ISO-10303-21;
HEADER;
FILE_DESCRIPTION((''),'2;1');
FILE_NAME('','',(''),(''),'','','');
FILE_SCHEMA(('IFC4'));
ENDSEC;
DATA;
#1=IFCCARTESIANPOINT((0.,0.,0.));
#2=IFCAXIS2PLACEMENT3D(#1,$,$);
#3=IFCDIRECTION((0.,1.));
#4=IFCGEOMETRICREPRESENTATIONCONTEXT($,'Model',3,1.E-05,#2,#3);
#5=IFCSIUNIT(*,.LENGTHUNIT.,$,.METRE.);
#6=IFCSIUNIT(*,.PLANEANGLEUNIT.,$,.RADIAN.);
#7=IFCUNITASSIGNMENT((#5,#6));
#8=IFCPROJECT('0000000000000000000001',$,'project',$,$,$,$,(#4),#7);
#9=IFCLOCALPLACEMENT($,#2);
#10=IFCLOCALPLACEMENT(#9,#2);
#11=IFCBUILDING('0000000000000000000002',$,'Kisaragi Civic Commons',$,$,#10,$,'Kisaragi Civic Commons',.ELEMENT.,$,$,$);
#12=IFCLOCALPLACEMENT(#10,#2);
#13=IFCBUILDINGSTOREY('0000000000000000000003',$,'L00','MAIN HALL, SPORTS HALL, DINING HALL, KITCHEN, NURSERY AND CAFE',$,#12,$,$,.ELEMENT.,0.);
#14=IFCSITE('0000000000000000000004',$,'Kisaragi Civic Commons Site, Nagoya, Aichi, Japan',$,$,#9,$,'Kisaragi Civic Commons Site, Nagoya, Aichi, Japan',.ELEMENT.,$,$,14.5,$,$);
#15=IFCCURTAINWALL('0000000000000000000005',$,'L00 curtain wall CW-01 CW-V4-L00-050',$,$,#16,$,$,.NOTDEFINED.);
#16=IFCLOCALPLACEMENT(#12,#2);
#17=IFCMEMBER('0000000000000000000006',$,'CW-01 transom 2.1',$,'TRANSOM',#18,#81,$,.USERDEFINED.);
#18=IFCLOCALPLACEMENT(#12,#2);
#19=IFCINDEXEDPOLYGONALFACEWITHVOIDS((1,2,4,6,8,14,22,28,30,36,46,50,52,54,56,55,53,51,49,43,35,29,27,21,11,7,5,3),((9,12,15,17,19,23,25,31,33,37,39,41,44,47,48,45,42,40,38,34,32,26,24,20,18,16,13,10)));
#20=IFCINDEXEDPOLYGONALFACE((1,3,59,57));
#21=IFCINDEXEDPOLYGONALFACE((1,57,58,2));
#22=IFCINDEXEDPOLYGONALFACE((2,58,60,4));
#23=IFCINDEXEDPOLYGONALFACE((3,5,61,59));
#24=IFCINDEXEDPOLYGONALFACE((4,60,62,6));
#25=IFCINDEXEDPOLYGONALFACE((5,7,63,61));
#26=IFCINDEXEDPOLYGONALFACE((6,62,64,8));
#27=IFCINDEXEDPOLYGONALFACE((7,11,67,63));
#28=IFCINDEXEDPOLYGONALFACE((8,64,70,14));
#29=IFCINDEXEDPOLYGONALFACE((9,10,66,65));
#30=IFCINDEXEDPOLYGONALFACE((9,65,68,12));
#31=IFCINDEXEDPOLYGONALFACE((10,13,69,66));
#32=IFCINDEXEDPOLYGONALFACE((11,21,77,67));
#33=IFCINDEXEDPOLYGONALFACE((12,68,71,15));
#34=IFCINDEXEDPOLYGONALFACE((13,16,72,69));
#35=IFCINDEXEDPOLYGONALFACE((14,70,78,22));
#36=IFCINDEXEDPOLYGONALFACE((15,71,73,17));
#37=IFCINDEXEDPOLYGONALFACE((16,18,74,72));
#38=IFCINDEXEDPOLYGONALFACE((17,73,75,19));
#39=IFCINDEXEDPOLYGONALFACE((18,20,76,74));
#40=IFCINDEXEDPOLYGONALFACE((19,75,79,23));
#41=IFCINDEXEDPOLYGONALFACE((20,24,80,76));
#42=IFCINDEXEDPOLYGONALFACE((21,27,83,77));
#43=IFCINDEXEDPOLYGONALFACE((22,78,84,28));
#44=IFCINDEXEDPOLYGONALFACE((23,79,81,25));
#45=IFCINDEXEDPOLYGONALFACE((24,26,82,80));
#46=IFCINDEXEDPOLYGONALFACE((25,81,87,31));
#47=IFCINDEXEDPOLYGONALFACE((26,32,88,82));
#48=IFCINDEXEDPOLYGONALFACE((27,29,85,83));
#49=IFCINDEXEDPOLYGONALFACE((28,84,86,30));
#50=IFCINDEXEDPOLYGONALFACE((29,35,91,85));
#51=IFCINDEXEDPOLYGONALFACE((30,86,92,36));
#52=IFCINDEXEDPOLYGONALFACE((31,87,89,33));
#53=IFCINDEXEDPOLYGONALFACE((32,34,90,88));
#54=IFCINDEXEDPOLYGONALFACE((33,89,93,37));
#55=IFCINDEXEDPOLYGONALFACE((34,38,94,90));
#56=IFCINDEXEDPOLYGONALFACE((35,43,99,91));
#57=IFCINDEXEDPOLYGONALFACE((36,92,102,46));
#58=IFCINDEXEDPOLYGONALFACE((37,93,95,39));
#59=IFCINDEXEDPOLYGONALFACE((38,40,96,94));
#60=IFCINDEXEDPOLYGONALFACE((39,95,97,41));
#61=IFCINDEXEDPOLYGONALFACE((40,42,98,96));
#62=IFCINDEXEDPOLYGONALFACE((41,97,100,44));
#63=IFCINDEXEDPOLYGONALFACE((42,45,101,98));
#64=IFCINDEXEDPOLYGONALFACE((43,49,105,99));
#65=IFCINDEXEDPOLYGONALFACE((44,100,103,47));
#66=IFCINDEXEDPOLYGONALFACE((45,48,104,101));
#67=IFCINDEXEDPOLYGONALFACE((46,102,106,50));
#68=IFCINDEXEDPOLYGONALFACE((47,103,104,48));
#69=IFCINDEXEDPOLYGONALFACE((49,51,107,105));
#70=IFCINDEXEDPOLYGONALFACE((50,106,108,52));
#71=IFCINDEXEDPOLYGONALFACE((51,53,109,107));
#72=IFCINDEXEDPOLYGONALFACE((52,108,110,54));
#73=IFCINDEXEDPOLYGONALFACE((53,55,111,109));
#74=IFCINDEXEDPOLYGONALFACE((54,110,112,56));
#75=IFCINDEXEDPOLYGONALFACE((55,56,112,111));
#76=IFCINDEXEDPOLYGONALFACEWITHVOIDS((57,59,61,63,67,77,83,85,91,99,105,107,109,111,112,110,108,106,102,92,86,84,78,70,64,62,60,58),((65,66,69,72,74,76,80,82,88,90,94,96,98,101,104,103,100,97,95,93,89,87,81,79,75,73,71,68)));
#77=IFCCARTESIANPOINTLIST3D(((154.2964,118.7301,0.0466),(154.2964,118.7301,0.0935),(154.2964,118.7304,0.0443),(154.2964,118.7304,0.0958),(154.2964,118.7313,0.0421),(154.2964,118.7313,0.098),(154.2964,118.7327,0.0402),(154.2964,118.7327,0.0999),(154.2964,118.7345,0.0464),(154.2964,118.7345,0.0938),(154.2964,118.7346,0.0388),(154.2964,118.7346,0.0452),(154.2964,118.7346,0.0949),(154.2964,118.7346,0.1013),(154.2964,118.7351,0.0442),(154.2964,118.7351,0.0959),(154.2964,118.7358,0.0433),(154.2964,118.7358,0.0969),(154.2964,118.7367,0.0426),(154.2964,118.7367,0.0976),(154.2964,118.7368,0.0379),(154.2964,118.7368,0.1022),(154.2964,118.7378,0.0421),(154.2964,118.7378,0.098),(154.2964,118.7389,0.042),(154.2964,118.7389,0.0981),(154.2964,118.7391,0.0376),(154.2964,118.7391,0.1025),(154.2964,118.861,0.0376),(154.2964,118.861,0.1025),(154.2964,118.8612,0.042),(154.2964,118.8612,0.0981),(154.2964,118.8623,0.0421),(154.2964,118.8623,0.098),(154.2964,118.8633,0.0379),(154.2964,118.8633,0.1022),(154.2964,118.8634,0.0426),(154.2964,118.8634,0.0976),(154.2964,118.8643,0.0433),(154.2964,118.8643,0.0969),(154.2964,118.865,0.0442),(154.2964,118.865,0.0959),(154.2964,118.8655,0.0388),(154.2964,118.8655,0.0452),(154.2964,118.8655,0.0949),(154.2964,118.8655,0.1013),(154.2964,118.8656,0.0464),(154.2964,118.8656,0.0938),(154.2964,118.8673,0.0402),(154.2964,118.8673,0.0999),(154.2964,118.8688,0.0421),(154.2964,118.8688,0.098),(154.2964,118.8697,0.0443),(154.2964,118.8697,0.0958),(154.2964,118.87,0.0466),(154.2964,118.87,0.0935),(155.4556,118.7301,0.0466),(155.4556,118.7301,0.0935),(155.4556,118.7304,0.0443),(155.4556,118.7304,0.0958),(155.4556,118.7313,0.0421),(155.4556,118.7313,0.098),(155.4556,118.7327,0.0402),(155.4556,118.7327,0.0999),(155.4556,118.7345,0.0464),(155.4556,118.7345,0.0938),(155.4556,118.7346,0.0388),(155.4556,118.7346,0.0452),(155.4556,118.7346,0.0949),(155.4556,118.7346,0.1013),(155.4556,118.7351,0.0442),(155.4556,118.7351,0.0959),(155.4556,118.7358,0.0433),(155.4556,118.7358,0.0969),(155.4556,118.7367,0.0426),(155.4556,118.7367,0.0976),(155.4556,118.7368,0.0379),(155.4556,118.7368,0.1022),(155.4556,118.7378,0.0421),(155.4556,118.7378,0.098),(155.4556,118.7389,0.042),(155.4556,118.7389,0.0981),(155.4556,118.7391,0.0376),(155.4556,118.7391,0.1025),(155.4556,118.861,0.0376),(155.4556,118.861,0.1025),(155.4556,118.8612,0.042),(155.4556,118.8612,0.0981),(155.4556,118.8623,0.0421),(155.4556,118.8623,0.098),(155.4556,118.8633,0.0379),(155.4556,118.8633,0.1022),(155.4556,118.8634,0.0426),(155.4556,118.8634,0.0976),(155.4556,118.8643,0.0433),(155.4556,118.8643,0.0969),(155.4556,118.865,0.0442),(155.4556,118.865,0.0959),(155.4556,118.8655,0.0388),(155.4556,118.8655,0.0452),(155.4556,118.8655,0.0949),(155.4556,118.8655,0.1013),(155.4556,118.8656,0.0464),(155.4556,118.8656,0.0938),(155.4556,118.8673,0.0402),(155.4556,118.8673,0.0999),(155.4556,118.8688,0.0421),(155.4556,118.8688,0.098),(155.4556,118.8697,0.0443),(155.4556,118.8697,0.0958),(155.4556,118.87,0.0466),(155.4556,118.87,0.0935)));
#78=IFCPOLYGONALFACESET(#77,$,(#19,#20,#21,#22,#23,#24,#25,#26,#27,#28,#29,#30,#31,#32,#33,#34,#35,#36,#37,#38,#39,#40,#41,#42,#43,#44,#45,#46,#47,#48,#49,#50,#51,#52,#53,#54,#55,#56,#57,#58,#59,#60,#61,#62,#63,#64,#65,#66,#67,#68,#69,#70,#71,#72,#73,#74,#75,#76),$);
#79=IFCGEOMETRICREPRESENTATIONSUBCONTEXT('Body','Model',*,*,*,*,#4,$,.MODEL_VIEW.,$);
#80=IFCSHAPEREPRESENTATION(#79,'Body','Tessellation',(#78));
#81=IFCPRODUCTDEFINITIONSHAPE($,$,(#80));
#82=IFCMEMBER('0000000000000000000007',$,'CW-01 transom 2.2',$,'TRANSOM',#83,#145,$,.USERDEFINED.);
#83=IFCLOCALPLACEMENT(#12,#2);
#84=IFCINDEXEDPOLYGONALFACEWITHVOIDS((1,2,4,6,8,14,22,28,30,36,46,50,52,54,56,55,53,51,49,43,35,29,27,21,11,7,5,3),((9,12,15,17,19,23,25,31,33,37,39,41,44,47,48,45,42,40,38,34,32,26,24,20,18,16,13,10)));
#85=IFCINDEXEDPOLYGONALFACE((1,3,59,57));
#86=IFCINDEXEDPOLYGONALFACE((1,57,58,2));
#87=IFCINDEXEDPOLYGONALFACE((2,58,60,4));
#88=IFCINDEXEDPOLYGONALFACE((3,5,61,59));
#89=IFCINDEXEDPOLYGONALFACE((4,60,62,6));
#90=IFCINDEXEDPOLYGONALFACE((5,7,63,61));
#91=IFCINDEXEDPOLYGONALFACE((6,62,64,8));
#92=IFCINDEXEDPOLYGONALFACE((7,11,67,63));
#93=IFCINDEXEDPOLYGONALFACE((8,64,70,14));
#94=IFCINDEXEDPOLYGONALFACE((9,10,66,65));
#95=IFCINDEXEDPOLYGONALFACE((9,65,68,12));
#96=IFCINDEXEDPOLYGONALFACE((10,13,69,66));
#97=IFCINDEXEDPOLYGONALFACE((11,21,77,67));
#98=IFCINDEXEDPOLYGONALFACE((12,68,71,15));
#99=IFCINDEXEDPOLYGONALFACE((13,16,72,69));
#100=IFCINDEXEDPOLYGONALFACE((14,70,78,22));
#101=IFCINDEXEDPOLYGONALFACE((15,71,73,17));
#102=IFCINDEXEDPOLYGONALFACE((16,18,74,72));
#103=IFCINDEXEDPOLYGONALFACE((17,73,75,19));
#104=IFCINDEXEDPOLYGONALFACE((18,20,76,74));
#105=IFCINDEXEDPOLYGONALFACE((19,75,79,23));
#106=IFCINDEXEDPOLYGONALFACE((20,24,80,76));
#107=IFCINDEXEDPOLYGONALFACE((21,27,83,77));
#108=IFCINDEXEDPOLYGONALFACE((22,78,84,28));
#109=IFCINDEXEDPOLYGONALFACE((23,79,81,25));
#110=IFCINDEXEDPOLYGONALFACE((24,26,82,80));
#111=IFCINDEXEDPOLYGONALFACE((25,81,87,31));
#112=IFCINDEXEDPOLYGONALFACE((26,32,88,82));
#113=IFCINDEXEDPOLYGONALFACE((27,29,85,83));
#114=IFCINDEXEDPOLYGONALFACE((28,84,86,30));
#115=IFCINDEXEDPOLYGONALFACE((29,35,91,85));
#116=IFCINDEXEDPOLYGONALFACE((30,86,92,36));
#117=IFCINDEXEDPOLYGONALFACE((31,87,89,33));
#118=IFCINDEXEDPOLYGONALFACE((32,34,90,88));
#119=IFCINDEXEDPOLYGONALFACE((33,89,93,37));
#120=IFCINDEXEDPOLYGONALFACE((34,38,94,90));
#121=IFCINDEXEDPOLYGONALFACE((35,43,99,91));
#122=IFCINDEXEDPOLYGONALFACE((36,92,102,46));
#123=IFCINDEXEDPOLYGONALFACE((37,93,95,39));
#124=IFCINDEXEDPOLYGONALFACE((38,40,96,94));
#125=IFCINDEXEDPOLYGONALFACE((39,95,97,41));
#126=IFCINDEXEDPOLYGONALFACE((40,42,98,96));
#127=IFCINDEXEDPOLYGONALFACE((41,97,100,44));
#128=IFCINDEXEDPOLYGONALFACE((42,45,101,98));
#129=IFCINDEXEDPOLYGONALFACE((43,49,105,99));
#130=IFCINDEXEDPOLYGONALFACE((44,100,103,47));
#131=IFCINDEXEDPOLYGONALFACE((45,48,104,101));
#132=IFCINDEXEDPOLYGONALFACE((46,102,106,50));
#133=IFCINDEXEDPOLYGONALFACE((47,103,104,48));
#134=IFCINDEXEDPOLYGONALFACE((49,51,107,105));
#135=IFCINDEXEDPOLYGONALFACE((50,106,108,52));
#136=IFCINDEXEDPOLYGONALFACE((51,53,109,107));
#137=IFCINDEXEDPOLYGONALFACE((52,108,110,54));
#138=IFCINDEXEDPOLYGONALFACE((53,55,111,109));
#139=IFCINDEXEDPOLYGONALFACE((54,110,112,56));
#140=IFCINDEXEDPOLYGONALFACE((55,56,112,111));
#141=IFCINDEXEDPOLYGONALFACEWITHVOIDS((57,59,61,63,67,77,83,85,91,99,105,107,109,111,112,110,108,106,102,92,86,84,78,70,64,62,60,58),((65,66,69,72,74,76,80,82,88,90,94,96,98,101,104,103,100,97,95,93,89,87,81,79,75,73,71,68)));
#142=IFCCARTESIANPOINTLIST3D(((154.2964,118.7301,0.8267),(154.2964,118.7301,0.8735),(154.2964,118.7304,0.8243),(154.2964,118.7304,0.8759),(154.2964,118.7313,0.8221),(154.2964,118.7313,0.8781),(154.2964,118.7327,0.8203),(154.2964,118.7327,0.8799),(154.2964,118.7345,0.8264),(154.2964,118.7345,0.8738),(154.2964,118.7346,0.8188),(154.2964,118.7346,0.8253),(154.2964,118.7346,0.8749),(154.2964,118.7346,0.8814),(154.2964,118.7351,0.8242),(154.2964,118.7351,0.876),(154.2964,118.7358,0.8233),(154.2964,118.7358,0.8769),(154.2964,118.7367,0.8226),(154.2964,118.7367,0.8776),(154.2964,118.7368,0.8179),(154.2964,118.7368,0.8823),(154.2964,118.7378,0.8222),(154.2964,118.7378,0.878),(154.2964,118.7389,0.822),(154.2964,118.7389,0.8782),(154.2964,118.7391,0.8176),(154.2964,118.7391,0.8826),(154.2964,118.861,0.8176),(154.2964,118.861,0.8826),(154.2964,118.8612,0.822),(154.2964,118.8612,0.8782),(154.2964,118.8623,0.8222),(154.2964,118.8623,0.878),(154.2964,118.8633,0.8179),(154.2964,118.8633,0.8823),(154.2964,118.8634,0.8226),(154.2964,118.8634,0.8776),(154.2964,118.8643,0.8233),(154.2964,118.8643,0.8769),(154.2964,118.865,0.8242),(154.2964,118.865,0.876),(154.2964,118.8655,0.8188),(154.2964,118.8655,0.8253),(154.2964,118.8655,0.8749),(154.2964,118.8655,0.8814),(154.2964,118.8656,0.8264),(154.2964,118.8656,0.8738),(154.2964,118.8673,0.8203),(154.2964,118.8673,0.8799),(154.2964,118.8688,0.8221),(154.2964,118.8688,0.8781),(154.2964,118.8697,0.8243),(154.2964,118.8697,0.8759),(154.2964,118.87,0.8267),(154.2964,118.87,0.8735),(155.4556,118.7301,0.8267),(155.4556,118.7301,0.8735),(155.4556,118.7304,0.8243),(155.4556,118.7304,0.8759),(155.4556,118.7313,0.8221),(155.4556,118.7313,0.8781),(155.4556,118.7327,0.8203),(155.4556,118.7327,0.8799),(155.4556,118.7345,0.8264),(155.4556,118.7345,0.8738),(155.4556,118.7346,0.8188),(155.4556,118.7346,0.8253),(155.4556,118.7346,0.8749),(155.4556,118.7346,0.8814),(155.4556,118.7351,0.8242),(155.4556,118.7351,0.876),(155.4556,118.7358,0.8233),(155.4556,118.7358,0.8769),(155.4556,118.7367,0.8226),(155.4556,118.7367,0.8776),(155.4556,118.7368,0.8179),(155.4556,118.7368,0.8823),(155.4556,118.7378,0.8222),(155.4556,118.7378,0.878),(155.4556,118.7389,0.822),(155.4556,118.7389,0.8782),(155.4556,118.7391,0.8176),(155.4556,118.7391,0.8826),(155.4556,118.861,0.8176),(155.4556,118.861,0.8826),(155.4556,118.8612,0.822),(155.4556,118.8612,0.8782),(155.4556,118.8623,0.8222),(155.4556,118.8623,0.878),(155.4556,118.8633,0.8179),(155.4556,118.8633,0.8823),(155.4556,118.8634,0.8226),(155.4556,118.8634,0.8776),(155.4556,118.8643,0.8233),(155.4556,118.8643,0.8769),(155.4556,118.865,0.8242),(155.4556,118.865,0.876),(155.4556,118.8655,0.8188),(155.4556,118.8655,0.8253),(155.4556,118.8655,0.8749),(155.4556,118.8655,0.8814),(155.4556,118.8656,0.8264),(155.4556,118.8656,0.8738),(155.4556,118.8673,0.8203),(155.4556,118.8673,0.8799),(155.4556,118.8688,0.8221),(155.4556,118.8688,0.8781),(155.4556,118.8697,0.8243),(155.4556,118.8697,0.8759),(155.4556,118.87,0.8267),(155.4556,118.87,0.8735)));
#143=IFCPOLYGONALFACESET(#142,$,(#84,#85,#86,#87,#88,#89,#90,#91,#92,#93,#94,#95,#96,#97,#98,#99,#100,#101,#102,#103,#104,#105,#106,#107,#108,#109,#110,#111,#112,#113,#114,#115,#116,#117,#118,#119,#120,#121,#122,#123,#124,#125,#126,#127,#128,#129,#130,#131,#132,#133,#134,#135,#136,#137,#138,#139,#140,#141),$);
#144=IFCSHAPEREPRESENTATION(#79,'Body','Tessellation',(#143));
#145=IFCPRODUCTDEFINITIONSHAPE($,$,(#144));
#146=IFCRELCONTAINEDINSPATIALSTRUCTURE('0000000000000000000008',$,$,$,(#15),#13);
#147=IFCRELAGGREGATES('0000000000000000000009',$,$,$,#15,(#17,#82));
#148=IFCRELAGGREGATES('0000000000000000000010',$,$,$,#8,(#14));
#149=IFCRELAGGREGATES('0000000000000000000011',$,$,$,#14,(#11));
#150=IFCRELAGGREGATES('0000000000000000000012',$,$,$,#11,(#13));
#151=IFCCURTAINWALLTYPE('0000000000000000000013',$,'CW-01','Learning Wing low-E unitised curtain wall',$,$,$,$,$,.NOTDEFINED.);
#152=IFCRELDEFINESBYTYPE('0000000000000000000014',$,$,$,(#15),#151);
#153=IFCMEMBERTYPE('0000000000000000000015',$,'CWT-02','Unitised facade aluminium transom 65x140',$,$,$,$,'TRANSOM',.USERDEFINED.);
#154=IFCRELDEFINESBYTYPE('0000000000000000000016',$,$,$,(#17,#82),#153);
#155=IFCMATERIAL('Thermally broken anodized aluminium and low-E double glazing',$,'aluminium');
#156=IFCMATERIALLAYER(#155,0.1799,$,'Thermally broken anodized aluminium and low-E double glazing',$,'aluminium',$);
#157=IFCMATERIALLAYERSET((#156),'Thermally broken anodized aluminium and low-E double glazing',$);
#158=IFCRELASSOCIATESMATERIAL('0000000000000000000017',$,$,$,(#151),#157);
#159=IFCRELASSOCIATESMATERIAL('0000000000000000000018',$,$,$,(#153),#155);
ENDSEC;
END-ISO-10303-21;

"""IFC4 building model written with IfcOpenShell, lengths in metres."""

from ifc_helpers import new_model, si_unit, direction, frame, origin, origin_2d, place, context, subcontext, project, spatial, hollow_rectangle, extrude, material, layer, layer_set, material_profile, profile_set, type_object, element, aggregate, save


model = new_model("IFC4")

# Units and contexts
model_context = context("Model", 3, precision=1e-05, world=origin(), true_north=direction((0.0, 1.0)))
body_context = subcontext(model_context, "Body", "Model", "MODEL_VIEW")
ifc_project = project(units=[si_unit("LENGTHUNIT", "METRE"), si_unit("PLANEANGLEUNIT", "RADIAN")], contexts=[model_context])

# Site, building, storey
site_placement = place(None, origin())
site = spatial("IfcSite", under=ifc_project, at=site_placement, Name="Kisaragi Civic Commons Site, Nagoya, Aichi, Japan", LongName="Kisaragi Civic Commons Site, Nagoya, Aichi, Japan", CompositionType="ELEMENT", RefElevation=14.5)
building_placement = place(site_placement, origin())
building = spatial("IfcBuilding", under=site, at=building_placement, Name="Kisaragi Civic Commons", LongName="Kisaragi Civic Commons", CompositionType="ELEMENT")
storey_placement = place(building_placement, origin())
storey = spatial("IfcBuildingStorey", under=building, at=storey_placement, Name="L00", Description="MAIN HALL, SPORTS HALL, DINING HALL, KITCHEN, NURSERY AND CAFE", CompositionType="ELEMENT", Elevation=0.0)

# Curtain wall
ifc_material_1 = material(Name="Thermally broken anodized aluminium and low-E double glazing", Category="aluminium")
ifc_layer_1 = layer(ifc_material_1, 0.1799, Name="Thermally broken anodized aluminium and low-E double glazing", Category="aluminium")
ifc_layer_set_1 = layer_set([ifc_layer_1], Name="Thermally broken anodized aluminium and low-E double glazing")
curtain_wall_type = type_object("IfcCurtainWallType", Name="CW-01", Description="Learning Wing low-E unitised curtain wall", PredefinedType="NOTDEFINED", material=ifc_layer_set_1)
curtain_wall_1_placement = place(storey_placement, origin())
curtain_wall_1 = element("IfcCurtainWall", 1, at=curtain_wall_1_placement, inside=storey, type_object=curtain_wall_type, Name="L00 curtain wall CW-01 CW-V4-L00-050", PredefinedType="NOTDEFINED")

# Members
ifc_material_profile_1 = material_profile(ifc_material_1, hollow_rectangle(XDim=0.1399, YDim=0.0649, WallThickness=0.0044, InnerFilletRadius=0.0044, OuterFilletRadius=0.009, at=origin_2d()), Name="CWT-65x140x4.5", Category="aluminium")
ifc_profile_set_1 = profile_set([ifc_material_profile_1], Name="Thermally broken anodized aluminium and low-E double glazing")
member_type_1 = type_object("IfcMemberType", Name="CWT-02", Description="Unitised facade aluminium transom 65x140", ElementType="TRANSOM", PredefinedType="USERDEFINED", material=ifc_profile_set_1)
member_1_placement = place(storey_placement, frame((154.2964, 118.8, 0.0701), z_axis=(1.0, 0.0, 0.0), x_axis=(0.0, 1.0, 0.0)))
member_1 = element("IfcMember", 2, at=member_1_placement, type_object=member_type_1, Name="CW-01 transom 2.1", ObjectType="TRANSOM", PredefinedType="USERDEFINED", context=body_context, shape_type="SweptSolid", body=[
    extrude(hollow_rectangle(XDim=0.1399, YDim=0.0649, WallThickness=0.0044, InnerFilletRadius=0.0044, OuterFilletRadius=0.009, at=origin_2d()), origin(), (0.0, 0.0, 1.0), 1.1592),
])
member_2_placement = place(storey_placement, frame((154.2964, 118.8, 0.8501), z_axis=(1.0, 0.0, 0.0), x_axis=(0.0, 1.0, 0.0)))
member_2 = element("IfcMember", 3, at=member_2_placement, type_object=member_type_1, Name="CW-01 transom 2.2", ObjectType="TRANSOM", PredefinedType="USERDEFINED", context=body_context, shape_type="SweptSolid", body=[
    extrude(hollow_rectangle(XDim=0.1399, YDim=0.0649, WallThickness=0.0044, InnerFilletRadius=0.0044, OuterFilletRadius=0.009, at=origin_2d()), origin(), (0.0, 0.0, 1.0), 1.1592),
])

aggregate(curtain_wall_1, [member_1, member_2])

save(model, "model.ifc")
